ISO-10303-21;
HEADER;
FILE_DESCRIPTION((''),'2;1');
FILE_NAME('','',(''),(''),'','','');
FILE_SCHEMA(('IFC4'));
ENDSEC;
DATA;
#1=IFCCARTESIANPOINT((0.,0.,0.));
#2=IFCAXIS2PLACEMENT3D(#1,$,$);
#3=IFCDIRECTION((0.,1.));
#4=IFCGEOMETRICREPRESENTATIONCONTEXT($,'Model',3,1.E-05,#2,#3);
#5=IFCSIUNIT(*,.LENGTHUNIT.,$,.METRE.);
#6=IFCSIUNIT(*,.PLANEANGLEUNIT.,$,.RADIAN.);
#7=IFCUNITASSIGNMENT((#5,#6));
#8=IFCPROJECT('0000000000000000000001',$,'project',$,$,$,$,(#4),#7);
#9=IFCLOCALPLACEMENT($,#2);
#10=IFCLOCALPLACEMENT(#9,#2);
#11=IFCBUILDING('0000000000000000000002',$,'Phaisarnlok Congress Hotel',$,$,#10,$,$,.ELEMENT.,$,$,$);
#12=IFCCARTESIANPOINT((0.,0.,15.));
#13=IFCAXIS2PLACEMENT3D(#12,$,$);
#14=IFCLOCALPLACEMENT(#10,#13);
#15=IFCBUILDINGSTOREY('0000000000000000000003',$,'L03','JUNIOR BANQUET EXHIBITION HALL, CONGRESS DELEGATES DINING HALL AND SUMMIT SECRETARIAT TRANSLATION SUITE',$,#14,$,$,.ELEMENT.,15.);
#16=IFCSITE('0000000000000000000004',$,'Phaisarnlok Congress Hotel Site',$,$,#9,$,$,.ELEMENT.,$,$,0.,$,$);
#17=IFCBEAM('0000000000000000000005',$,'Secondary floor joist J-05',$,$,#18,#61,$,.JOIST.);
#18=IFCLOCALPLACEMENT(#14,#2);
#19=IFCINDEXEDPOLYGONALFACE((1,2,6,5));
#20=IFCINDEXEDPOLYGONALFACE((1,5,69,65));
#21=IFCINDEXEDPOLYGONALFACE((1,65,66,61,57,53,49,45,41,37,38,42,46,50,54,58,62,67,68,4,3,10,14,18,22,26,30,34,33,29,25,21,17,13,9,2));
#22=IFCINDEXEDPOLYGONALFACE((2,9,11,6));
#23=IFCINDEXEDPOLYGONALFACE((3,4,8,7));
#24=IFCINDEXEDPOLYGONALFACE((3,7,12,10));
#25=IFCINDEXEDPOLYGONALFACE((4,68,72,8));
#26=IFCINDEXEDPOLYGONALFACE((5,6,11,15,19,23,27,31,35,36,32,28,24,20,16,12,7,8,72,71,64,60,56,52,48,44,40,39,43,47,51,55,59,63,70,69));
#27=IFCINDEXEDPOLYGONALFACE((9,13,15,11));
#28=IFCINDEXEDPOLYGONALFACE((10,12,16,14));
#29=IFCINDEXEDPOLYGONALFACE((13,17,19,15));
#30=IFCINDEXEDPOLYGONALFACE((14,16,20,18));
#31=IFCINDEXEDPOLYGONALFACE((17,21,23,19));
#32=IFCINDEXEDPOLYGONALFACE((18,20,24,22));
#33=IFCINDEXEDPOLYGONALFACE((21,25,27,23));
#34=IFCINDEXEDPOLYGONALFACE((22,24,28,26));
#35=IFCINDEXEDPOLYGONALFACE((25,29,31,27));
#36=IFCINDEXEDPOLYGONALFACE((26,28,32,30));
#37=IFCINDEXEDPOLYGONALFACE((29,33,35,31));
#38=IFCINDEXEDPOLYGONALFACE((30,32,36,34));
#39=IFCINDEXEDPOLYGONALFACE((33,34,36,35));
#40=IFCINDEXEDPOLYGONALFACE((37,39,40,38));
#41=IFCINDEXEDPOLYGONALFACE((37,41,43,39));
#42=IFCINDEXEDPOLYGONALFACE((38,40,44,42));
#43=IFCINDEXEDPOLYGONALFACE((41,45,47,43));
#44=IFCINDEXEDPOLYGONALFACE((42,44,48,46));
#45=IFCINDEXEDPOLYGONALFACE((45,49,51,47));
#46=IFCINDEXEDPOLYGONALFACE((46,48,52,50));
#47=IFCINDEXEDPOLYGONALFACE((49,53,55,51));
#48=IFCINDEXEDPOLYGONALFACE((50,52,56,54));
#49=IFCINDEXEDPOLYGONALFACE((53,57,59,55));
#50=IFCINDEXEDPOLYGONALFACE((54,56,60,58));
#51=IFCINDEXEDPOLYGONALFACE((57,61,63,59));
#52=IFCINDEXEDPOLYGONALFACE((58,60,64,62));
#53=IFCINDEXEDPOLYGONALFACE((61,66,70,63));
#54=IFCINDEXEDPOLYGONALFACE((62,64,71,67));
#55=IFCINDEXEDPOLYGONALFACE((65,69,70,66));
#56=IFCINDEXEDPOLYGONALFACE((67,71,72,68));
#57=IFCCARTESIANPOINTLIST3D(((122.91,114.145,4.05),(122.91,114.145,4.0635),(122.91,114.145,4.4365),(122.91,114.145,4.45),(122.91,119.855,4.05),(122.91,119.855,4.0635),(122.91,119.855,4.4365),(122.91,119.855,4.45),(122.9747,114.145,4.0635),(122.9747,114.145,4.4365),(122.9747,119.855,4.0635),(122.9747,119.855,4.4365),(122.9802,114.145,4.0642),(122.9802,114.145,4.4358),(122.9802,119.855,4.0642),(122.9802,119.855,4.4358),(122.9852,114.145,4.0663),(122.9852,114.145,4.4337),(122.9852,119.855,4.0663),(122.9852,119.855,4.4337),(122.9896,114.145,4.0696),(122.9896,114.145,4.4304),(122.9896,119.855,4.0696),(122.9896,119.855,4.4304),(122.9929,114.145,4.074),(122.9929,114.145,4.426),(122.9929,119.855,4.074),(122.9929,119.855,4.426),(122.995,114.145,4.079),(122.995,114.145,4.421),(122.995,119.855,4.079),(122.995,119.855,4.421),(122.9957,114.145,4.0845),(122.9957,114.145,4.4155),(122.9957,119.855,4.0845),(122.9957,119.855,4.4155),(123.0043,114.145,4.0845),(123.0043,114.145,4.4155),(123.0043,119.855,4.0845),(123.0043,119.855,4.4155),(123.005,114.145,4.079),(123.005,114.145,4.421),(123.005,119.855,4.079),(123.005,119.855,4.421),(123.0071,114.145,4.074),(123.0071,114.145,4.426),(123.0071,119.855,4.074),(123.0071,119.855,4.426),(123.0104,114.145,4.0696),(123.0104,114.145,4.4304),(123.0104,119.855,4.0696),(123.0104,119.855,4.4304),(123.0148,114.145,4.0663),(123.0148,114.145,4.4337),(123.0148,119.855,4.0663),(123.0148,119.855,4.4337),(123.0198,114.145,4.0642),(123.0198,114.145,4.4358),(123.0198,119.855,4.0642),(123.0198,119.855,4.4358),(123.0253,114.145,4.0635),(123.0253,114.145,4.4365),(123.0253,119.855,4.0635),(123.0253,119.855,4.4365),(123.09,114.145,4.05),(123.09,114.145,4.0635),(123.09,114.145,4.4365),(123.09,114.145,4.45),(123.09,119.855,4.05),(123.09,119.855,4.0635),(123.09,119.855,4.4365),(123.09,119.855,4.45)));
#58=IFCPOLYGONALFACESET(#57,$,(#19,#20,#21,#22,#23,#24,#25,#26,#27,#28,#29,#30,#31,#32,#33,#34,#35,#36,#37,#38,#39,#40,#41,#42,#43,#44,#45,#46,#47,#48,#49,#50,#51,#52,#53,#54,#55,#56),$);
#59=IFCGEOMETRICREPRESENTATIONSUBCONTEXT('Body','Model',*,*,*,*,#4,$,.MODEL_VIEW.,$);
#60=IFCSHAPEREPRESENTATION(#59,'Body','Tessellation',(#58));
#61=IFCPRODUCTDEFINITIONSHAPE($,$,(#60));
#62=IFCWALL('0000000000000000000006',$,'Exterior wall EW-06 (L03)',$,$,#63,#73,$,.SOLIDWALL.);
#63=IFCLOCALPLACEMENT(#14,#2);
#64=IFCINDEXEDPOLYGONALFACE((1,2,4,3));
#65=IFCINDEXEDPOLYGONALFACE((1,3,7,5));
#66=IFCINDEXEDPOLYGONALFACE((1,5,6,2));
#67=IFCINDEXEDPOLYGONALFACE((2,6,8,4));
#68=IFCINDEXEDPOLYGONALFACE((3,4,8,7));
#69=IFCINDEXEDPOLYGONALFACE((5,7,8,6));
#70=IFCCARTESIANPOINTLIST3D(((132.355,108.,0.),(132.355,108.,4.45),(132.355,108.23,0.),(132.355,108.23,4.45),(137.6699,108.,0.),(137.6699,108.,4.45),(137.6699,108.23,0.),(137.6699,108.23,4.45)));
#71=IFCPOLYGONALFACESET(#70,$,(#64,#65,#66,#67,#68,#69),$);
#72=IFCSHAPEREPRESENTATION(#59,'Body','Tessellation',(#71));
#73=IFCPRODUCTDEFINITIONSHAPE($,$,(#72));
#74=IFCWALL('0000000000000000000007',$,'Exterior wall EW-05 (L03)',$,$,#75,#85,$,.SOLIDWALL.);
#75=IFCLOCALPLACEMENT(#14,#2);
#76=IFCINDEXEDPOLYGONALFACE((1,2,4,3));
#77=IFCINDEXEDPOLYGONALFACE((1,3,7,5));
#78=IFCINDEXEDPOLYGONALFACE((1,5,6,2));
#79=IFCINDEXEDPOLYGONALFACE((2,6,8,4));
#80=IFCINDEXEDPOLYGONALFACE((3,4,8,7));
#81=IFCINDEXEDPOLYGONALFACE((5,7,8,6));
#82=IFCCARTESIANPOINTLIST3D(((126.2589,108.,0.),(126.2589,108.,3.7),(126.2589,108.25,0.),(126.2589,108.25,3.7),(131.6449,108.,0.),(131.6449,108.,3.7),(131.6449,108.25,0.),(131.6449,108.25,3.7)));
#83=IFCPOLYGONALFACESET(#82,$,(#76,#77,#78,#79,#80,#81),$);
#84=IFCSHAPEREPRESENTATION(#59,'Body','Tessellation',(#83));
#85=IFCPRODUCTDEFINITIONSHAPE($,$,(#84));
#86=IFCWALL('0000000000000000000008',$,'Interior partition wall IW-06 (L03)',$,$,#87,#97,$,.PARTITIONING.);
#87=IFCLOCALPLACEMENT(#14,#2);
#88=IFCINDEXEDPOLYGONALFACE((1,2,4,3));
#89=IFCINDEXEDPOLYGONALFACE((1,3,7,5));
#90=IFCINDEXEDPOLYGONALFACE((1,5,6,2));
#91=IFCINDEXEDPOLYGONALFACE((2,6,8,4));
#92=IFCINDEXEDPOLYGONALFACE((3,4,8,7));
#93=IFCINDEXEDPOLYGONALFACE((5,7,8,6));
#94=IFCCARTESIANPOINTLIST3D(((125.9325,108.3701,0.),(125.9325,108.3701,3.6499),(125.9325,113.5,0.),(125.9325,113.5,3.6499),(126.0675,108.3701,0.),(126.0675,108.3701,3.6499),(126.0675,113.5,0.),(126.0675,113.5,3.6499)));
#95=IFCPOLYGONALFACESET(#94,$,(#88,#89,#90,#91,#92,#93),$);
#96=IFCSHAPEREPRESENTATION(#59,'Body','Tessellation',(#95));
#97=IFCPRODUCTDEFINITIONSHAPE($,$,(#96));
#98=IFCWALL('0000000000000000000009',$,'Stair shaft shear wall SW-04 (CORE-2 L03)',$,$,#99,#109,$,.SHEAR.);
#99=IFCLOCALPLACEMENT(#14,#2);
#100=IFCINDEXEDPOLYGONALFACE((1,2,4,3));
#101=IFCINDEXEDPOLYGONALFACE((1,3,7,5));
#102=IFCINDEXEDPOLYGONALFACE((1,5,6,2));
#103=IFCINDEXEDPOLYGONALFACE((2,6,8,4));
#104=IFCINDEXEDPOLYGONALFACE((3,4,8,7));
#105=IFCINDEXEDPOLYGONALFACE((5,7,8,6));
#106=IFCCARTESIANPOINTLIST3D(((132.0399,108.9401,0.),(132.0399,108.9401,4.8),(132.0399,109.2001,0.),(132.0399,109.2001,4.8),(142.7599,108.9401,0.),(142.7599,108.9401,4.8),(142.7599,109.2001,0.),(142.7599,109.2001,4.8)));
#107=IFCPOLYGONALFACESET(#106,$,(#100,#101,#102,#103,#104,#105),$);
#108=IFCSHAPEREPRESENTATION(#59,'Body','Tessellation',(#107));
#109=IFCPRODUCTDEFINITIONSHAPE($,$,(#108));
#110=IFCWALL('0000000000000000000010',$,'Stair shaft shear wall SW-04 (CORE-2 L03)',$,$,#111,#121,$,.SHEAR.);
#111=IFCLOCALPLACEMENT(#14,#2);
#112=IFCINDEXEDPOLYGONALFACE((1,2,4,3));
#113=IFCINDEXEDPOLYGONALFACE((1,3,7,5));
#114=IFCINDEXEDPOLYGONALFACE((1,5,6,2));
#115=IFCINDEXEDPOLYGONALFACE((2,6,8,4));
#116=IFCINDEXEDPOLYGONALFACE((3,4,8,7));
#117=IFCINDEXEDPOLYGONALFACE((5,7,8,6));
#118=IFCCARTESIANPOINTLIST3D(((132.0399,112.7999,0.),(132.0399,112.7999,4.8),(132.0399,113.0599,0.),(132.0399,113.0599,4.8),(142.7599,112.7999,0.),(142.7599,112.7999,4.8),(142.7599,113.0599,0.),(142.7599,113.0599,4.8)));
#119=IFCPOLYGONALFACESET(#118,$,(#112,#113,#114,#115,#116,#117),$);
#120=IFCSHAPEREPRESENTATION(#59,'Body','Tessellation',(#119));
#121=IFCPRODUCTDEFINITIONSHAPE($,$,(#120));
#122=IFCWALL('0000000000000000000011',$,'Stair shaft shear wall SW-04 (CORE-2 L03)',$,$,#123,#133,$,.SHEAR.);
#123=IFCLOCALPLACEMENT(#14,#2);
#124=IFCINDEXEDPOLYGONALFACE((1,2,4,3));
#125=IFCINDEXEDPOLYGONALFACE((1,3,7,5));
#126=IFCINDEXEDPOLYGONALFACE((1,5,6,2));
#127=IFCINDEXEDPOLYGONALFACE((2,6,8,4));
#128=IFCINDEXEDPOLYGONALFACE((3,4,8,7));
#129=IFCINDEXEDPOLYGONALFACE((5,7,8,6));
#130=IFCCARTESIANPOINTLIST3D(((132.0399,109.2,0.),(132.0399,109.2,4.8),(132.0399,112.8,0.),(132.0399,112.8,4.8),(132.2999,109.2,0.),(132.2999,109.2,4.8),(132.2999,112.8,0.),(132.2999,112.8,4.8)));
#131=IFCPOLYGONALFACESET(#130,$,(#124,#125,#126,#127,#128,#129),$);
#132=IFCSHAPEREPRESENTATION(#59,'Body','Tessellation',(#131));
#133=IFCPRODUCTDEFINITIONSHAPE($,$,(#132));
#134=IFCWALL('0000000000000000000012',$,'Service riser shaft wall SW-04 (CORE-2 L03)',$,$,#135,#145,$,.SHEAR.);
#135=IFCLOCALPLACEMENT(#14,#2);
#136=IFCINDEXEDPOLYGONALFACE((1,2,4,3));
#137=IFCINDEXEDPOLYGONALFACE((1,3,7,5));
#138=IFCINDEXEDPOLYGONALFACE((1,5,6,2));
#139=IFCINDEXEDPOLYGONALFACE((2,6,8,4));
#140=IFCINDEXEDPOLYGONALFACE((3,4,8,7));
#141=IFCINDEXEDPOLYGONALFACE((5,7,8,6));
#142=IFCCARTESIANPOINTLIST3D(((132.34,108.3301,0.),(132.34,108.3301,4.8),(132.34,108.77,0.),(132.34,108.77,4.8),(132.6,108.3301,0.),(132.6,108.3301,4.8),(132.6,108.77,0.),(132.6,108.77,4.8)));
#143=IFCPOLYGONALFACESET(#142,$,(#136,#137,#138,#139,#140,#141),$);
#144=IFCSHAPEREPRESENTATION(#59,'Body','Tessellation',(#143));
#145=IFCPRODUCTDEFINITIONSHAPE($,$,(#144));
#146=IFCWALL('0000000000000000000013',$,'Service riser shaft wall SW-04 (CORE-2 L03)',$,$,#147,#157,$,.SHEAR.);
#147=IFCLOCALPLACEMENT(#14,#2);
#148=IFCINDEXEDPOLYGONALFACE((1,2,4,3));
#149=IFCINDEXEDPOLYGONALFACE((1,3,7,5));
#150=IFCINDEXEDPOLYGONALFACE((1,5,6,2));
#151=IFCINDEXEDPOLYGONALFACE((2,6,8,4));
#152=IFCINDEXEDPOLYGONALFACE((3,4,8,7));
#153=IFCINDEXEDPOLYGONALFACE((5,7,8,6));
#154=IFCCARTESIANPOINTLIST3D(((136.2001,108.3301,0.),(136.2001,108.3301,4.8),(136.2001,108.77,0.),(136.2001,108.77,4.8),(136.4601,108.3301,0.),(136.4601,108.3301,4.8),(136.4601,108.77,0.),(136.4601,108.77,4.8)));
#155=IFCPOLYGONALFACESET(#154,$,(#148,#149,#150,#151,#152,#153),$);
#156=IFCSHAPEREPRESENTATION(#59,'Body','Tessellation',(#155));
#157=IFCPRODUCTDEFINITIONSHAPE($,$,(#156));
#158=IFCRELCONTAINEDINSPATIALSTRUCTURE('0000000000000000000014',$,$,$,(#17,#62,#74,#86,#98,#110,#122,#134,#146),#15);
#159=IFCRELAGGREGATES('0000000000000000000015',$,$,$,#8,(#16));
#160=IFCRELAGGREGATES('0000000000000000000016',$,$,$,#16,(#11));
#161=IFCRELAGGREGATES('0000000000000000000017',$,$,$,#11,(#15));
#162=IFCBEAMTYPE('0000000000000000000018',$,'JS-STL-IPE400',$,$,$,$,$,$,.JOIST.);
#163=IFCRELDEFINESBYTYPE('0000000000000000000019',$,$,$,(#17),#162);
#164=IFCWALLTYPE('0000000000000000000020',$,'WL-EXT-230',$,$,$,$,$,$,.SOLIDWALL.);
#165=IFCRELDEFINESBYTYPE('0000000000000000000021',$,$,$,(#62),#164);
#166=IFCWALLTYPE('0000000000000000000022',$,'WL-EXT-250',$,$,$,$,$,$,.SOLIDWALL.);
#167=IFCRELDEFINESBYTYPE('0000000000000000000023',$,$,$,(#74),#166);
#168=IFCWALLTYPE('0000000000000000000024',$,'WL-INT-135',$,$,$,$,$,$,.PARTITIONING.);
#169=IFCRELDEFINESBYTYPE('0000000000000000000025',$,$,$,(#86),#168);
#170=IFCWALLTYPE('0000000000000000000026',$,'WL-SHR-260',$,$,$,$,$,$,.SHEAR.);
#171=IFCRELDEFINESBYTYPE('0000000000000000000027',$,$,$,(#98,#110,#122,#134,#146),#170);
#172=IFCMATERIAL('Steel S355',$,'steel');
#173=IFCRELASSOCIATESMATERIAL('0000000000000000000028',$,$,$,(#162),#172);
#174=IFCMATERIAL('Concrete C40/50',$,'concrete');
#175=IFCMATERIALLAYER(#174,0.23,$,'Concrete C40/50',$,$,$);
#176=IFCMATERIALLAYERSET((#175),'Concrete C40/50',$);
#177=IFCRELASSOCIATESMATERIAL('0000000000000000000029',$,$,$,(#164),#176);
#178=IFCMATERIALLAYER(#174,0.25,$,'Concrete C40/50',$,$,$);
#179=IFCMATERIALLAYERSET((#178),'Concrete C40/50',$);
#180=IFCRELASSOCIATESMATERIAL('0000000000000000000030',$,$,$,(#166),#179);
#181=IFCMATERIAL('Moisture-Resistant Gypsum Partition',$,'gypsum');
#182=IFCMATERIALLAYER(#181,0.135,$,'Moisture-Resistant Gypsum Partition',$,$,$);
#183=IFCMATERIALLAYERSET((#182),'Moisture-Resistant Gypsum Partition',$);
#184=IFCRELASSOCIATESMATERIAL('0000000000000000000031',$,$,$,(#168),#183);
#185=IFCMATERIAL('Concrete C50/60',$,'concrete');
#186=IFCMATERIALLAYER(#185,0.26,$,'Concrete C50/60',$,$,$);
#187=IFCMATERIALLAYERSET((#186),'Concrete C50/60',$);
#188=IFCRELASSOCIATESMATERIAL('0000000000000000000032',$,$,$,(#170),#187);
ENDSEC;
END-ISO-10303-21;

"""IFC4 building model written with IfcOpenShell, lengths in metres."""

from ifc_helpers import new_model, si_unit, direction, frame, frame_2d, origin, origin_2d, place, context, subcontext, project, spatial, rectangle, i_section, extrude, material, layer, layer_set, material_profile, profile_set, type_object, element, save


model = new_model("IFC4")

# Units and contexts
model_context = context("Model", 3, precision=1e-05, world=origin(), true_north=direction((0.0, 1.0)))
body_context = subcontext(model_context, "Body", "Model", "MODEL_VIEW")
ifc_project = project(units=[si_unit("LENGTHUNIT", "METRE"), si_unit("PLANEANGLEUNIT", "RADIAN")], contexts=[model_context])

# Site, building, storey
site_placement = place(None, origin())
site = spatial("IfcSite", under=ifc_project, at=site_placement, Name="Phaisarnlok Congress Hotel Site", CompositionType="ELEMENT", RefElevation=0.0)
building_placement = place(site_placement, origin())
building = spatial("IfcBuilding", under=site, at=building_placement, Name="Phaisarnlok Congress Hotel", CompositionType="ELEMENT")
storey_placement = place(building_placement, frame((0.0, 0.0, 15.0)))
storey = spatial("IfcBuildingStorey", under=building, at=storey_placement, Name="L03", Description="JUNIOR BANQUET EXHIBITION HALL, CONGRESS DELEGATES DINING HALL AND SUMMIT SECRETARIAT TRANSLATION SUITE", CompositionType="ELEMENT", Elevation=15.0)

# Shared definitions
ifc_material_1 = material(Name="Concrete C50/60", Category="concrete")

# Beam
ifc_material_2 = material(Name="Concrete C40/50", Category="concrete")
ifc_material_3 = material(Name="Steel S355", Category="steel")
ifc_material_profile_1 = material_profile(ifc_material_3, i_section(OverallWidth=0.1799, OverallDepth=0.3999, WebThickness=0.0085, FlangeThickness=0.0134, FilletRadius=0.021, at=origin_2d()), Name="IPE 400")
ifc_profile_set_1 = profile_set([ifc_material_profile_1], Name="Steel S355")
beam_type_1 = type_object("IfcBeamType", Name="JS-STL-IPE400", PredefinedType="JOIST", material=ifc_profile_set_1)
beam_1_placement = place(storey_placement, frame((123.0, 114.145, 4.25), z_axis=(0.0, 1.0, 0.0), x_axis=(-1.0, 0.0, 0.0)))
element("IfcBeam", 1, at=beam_1_placement, inside=storey, type_object=beam_type_1, Name="Secondary floor joist J-05", PredefinedType="JOIST", context=body_context, shape_type="SweptSolid", body=[
    extrude(i_section(OverallWidth=0.1799, OverallDepth=0.3999, WebThickness=0.0085, FlangeThickness=0.0134, FilletRadius=0.021, at=origin_2d()), origin(), (0.0, 0.0, 1.0), 5.71),
])

# Walls
ifc_layer_1 = layer(ifc_material_2, 0.23, Name="Concrete C40/50")
ifc_layer_set_1 = layer_set([ifc_layer_1], Name="Concrete C40/50")
wall_type_1 = type_object("IfcWallType", Name="WL-EXT-230", PredefinedType="SOLIDWALL", material=ifc_layer_set_1)
wall_1_placement = place(storey_placement, frame((132.355, 108.115, 0.0), z_axis=(0.0, 0.0, 1.0), x_axis=(1.0, 0.0, 0.0)))
element("IfcWall", 2, at=wall_1_placement, inside=storey, type_object=wall_type_1, Name="Exterior wall EW-06 (L03)", PredefinedType="SOLIDWALL", context=body_context, shape_type="SweptSolid", body=[
    extrude(rectangle(XDim=5.3149, YDim=0.23, at=frame_2d((2.6575, 0.0))), origin(), (0.0, 0.0, 1.0), 4.45),
])
ifc_layer_2 = layer(ifc_material_2, 0.25, Name="Concrete C40/50")
ifc_layer_set_2 = layer_set([ifc_layer_2], Name="Concrete C40/50")
wall_type_2 = type_object("IfcWallType", Name="WL-EXT-250", PredefinedType="SOLIDWALL", material=ifc_layer_set_2)
wall_2_placement = place(storey_placement, frame((126.259, 108.125, 0.0), z_axis=(0.0, 0.0, 1.0), x_axis=(1.0, 0.0, 0.0)))
element("IfcWall", 3, at=wall_2_placement, inside=storey, type_object=wall_type_2, Name="Exterior wall EW-05 (L03)", PredefinedType="SOLIDWALL", context=body_context, shape_type="SweptSolid", body=[
    extrude(rectangle(XDim=5.386, YDim=0.25, at=frame_2d((2.6929, 0.0))), origin(), (0.0, 0.0, 1.0), 3.7),
])
ifc_material_4 = material(Name="Moisture-Resistant Gypsum Partition", Category="gypsum")
ifc_layer_3 = layer(ifc_material_4, 0.135, Name="Moisture-Resistant Gypsum Partition")
ifc_layer_set_3 = layer_set([ifc_layer_3], Name="Moisture-Resistant Gypsum Partition")
wall_type_3 = type_object("IfcWallType", Name="WL-INT-135", PredefinedType="PARTITIONING", material=ifc_layer_set_3)
wall_3_placement = place(storey_placement, frame((126.0, 108.3701, 0.0), z_axis=(0.0, 0.0, 1.0), x_axis=(0.0, 1.0, 0.0)))
element("IfcWall", 4, at=wall_3_placement, inside=storey, type_object=wall_type_3, Name="Interior partition wall IW-06 (L03)", PredefinedType="PARTITIONING", context=body_context, shape_type="SweptSolid", body=[
    extrude(rectangle(XDim=5.1299, YDim=0.135, at=frame_2d((2.5649, 0.0))), origin(), (0.0, 0.0, 1.0), 3.6499),
])
ifc_layer_4 = layer(ifc_material_1, 0.26, Name="Concrete C50/60")
ifc_layer_set_4 = layer_set([ifc_layer_4], Name="Concrete C50/60")
wall_type_4 = type_object("IfcWallType", Name="WL-SHR-260", PredefinedType="SHEAR", material=ifc_layer_set_4)
for number, where, z_axis, x_axis, name in (
    (5, (132.04, 109.0701, 0.0), (0.0, 0.0, 1.0), (1.0, 0.0, 0.0), "Stair shaft shear wall SW-04 (CORE-2 L03)"),
    (6, (132.04, 112.9299, 0.0), (0.0, 0.0, 1.0), (1.0, 0.0, 0.0), "Stair shaft shear wall SW-04 (CORE-2 L03)"),
):
    element("IfcWall", number, at=place(storey_placement, frame(where, z_axis=z_axis, x_axis=x_axis)), inside=storey, type_object=wall_type_4, Name=name, PredefinedType="SHEAR", context=body_context, shape_type="SweptSolid", body=[
        extrude(rectangle(XDim=10.72, YDim=0.26, at=frame_2d((5.3599, 0.0))), origin(), (0.0, 0.0, 1.0), 4.8),
    ])
wall_4_placement = place(storey_placement, frame((132.1699, 109.2, 0.0), z_axis=(0.0, 0.0, 1.0), x_axis=(0.0, 1.0, 0.0)))
element("IfcWall", 7, at=wall_4_placement, inside=storey, type_object=wall_type_4, Name="Stair shaft shear wall SW-04 (CORE-2 L03)", PredefinedType="SHEAR", context=body_context, shape_type="SweptSolid", body=[
    extrude(rectangle(XDim=3.6001, YDim=0.26, at=frame_2d((1.8, 0.0))), origin(), (0.0, 0.0, 1.0), 4.8),
])
for number, where, z_axis, x_axis, name in (
    (8, (132.47, 108.3301, 0.0), (0.0, 0.0, 1.0), (0.0, 1.0, 0.0), "Service riser shaft wall SW-04 (CORE-2 L03)"),
    (9, (136.3301, 108.3301, 0.0), (0.0, 0.0, 1.0), (0.0, 1.0, 0.0), "Service riser shaft wall SW-04 (CORE-2 L03)"),
):
    element("IfcWall", number, at=place(storey_placement, frame(where, z_axis=z_axis, x_axis=x_axis)), inside=storey, type_object=wall_type_4, Name=name, PredefinedType="SHEAR", context=body_context, shape_type="SweptSolid", body=[
        extrude(rectangle(XDim=0.4399, YDim=0.26, at=frame_2d((0.22, 0.0))), origin(), (0.0, 0.0, 1.0), 4.8),
    ])

save(model, "model.ifc")
